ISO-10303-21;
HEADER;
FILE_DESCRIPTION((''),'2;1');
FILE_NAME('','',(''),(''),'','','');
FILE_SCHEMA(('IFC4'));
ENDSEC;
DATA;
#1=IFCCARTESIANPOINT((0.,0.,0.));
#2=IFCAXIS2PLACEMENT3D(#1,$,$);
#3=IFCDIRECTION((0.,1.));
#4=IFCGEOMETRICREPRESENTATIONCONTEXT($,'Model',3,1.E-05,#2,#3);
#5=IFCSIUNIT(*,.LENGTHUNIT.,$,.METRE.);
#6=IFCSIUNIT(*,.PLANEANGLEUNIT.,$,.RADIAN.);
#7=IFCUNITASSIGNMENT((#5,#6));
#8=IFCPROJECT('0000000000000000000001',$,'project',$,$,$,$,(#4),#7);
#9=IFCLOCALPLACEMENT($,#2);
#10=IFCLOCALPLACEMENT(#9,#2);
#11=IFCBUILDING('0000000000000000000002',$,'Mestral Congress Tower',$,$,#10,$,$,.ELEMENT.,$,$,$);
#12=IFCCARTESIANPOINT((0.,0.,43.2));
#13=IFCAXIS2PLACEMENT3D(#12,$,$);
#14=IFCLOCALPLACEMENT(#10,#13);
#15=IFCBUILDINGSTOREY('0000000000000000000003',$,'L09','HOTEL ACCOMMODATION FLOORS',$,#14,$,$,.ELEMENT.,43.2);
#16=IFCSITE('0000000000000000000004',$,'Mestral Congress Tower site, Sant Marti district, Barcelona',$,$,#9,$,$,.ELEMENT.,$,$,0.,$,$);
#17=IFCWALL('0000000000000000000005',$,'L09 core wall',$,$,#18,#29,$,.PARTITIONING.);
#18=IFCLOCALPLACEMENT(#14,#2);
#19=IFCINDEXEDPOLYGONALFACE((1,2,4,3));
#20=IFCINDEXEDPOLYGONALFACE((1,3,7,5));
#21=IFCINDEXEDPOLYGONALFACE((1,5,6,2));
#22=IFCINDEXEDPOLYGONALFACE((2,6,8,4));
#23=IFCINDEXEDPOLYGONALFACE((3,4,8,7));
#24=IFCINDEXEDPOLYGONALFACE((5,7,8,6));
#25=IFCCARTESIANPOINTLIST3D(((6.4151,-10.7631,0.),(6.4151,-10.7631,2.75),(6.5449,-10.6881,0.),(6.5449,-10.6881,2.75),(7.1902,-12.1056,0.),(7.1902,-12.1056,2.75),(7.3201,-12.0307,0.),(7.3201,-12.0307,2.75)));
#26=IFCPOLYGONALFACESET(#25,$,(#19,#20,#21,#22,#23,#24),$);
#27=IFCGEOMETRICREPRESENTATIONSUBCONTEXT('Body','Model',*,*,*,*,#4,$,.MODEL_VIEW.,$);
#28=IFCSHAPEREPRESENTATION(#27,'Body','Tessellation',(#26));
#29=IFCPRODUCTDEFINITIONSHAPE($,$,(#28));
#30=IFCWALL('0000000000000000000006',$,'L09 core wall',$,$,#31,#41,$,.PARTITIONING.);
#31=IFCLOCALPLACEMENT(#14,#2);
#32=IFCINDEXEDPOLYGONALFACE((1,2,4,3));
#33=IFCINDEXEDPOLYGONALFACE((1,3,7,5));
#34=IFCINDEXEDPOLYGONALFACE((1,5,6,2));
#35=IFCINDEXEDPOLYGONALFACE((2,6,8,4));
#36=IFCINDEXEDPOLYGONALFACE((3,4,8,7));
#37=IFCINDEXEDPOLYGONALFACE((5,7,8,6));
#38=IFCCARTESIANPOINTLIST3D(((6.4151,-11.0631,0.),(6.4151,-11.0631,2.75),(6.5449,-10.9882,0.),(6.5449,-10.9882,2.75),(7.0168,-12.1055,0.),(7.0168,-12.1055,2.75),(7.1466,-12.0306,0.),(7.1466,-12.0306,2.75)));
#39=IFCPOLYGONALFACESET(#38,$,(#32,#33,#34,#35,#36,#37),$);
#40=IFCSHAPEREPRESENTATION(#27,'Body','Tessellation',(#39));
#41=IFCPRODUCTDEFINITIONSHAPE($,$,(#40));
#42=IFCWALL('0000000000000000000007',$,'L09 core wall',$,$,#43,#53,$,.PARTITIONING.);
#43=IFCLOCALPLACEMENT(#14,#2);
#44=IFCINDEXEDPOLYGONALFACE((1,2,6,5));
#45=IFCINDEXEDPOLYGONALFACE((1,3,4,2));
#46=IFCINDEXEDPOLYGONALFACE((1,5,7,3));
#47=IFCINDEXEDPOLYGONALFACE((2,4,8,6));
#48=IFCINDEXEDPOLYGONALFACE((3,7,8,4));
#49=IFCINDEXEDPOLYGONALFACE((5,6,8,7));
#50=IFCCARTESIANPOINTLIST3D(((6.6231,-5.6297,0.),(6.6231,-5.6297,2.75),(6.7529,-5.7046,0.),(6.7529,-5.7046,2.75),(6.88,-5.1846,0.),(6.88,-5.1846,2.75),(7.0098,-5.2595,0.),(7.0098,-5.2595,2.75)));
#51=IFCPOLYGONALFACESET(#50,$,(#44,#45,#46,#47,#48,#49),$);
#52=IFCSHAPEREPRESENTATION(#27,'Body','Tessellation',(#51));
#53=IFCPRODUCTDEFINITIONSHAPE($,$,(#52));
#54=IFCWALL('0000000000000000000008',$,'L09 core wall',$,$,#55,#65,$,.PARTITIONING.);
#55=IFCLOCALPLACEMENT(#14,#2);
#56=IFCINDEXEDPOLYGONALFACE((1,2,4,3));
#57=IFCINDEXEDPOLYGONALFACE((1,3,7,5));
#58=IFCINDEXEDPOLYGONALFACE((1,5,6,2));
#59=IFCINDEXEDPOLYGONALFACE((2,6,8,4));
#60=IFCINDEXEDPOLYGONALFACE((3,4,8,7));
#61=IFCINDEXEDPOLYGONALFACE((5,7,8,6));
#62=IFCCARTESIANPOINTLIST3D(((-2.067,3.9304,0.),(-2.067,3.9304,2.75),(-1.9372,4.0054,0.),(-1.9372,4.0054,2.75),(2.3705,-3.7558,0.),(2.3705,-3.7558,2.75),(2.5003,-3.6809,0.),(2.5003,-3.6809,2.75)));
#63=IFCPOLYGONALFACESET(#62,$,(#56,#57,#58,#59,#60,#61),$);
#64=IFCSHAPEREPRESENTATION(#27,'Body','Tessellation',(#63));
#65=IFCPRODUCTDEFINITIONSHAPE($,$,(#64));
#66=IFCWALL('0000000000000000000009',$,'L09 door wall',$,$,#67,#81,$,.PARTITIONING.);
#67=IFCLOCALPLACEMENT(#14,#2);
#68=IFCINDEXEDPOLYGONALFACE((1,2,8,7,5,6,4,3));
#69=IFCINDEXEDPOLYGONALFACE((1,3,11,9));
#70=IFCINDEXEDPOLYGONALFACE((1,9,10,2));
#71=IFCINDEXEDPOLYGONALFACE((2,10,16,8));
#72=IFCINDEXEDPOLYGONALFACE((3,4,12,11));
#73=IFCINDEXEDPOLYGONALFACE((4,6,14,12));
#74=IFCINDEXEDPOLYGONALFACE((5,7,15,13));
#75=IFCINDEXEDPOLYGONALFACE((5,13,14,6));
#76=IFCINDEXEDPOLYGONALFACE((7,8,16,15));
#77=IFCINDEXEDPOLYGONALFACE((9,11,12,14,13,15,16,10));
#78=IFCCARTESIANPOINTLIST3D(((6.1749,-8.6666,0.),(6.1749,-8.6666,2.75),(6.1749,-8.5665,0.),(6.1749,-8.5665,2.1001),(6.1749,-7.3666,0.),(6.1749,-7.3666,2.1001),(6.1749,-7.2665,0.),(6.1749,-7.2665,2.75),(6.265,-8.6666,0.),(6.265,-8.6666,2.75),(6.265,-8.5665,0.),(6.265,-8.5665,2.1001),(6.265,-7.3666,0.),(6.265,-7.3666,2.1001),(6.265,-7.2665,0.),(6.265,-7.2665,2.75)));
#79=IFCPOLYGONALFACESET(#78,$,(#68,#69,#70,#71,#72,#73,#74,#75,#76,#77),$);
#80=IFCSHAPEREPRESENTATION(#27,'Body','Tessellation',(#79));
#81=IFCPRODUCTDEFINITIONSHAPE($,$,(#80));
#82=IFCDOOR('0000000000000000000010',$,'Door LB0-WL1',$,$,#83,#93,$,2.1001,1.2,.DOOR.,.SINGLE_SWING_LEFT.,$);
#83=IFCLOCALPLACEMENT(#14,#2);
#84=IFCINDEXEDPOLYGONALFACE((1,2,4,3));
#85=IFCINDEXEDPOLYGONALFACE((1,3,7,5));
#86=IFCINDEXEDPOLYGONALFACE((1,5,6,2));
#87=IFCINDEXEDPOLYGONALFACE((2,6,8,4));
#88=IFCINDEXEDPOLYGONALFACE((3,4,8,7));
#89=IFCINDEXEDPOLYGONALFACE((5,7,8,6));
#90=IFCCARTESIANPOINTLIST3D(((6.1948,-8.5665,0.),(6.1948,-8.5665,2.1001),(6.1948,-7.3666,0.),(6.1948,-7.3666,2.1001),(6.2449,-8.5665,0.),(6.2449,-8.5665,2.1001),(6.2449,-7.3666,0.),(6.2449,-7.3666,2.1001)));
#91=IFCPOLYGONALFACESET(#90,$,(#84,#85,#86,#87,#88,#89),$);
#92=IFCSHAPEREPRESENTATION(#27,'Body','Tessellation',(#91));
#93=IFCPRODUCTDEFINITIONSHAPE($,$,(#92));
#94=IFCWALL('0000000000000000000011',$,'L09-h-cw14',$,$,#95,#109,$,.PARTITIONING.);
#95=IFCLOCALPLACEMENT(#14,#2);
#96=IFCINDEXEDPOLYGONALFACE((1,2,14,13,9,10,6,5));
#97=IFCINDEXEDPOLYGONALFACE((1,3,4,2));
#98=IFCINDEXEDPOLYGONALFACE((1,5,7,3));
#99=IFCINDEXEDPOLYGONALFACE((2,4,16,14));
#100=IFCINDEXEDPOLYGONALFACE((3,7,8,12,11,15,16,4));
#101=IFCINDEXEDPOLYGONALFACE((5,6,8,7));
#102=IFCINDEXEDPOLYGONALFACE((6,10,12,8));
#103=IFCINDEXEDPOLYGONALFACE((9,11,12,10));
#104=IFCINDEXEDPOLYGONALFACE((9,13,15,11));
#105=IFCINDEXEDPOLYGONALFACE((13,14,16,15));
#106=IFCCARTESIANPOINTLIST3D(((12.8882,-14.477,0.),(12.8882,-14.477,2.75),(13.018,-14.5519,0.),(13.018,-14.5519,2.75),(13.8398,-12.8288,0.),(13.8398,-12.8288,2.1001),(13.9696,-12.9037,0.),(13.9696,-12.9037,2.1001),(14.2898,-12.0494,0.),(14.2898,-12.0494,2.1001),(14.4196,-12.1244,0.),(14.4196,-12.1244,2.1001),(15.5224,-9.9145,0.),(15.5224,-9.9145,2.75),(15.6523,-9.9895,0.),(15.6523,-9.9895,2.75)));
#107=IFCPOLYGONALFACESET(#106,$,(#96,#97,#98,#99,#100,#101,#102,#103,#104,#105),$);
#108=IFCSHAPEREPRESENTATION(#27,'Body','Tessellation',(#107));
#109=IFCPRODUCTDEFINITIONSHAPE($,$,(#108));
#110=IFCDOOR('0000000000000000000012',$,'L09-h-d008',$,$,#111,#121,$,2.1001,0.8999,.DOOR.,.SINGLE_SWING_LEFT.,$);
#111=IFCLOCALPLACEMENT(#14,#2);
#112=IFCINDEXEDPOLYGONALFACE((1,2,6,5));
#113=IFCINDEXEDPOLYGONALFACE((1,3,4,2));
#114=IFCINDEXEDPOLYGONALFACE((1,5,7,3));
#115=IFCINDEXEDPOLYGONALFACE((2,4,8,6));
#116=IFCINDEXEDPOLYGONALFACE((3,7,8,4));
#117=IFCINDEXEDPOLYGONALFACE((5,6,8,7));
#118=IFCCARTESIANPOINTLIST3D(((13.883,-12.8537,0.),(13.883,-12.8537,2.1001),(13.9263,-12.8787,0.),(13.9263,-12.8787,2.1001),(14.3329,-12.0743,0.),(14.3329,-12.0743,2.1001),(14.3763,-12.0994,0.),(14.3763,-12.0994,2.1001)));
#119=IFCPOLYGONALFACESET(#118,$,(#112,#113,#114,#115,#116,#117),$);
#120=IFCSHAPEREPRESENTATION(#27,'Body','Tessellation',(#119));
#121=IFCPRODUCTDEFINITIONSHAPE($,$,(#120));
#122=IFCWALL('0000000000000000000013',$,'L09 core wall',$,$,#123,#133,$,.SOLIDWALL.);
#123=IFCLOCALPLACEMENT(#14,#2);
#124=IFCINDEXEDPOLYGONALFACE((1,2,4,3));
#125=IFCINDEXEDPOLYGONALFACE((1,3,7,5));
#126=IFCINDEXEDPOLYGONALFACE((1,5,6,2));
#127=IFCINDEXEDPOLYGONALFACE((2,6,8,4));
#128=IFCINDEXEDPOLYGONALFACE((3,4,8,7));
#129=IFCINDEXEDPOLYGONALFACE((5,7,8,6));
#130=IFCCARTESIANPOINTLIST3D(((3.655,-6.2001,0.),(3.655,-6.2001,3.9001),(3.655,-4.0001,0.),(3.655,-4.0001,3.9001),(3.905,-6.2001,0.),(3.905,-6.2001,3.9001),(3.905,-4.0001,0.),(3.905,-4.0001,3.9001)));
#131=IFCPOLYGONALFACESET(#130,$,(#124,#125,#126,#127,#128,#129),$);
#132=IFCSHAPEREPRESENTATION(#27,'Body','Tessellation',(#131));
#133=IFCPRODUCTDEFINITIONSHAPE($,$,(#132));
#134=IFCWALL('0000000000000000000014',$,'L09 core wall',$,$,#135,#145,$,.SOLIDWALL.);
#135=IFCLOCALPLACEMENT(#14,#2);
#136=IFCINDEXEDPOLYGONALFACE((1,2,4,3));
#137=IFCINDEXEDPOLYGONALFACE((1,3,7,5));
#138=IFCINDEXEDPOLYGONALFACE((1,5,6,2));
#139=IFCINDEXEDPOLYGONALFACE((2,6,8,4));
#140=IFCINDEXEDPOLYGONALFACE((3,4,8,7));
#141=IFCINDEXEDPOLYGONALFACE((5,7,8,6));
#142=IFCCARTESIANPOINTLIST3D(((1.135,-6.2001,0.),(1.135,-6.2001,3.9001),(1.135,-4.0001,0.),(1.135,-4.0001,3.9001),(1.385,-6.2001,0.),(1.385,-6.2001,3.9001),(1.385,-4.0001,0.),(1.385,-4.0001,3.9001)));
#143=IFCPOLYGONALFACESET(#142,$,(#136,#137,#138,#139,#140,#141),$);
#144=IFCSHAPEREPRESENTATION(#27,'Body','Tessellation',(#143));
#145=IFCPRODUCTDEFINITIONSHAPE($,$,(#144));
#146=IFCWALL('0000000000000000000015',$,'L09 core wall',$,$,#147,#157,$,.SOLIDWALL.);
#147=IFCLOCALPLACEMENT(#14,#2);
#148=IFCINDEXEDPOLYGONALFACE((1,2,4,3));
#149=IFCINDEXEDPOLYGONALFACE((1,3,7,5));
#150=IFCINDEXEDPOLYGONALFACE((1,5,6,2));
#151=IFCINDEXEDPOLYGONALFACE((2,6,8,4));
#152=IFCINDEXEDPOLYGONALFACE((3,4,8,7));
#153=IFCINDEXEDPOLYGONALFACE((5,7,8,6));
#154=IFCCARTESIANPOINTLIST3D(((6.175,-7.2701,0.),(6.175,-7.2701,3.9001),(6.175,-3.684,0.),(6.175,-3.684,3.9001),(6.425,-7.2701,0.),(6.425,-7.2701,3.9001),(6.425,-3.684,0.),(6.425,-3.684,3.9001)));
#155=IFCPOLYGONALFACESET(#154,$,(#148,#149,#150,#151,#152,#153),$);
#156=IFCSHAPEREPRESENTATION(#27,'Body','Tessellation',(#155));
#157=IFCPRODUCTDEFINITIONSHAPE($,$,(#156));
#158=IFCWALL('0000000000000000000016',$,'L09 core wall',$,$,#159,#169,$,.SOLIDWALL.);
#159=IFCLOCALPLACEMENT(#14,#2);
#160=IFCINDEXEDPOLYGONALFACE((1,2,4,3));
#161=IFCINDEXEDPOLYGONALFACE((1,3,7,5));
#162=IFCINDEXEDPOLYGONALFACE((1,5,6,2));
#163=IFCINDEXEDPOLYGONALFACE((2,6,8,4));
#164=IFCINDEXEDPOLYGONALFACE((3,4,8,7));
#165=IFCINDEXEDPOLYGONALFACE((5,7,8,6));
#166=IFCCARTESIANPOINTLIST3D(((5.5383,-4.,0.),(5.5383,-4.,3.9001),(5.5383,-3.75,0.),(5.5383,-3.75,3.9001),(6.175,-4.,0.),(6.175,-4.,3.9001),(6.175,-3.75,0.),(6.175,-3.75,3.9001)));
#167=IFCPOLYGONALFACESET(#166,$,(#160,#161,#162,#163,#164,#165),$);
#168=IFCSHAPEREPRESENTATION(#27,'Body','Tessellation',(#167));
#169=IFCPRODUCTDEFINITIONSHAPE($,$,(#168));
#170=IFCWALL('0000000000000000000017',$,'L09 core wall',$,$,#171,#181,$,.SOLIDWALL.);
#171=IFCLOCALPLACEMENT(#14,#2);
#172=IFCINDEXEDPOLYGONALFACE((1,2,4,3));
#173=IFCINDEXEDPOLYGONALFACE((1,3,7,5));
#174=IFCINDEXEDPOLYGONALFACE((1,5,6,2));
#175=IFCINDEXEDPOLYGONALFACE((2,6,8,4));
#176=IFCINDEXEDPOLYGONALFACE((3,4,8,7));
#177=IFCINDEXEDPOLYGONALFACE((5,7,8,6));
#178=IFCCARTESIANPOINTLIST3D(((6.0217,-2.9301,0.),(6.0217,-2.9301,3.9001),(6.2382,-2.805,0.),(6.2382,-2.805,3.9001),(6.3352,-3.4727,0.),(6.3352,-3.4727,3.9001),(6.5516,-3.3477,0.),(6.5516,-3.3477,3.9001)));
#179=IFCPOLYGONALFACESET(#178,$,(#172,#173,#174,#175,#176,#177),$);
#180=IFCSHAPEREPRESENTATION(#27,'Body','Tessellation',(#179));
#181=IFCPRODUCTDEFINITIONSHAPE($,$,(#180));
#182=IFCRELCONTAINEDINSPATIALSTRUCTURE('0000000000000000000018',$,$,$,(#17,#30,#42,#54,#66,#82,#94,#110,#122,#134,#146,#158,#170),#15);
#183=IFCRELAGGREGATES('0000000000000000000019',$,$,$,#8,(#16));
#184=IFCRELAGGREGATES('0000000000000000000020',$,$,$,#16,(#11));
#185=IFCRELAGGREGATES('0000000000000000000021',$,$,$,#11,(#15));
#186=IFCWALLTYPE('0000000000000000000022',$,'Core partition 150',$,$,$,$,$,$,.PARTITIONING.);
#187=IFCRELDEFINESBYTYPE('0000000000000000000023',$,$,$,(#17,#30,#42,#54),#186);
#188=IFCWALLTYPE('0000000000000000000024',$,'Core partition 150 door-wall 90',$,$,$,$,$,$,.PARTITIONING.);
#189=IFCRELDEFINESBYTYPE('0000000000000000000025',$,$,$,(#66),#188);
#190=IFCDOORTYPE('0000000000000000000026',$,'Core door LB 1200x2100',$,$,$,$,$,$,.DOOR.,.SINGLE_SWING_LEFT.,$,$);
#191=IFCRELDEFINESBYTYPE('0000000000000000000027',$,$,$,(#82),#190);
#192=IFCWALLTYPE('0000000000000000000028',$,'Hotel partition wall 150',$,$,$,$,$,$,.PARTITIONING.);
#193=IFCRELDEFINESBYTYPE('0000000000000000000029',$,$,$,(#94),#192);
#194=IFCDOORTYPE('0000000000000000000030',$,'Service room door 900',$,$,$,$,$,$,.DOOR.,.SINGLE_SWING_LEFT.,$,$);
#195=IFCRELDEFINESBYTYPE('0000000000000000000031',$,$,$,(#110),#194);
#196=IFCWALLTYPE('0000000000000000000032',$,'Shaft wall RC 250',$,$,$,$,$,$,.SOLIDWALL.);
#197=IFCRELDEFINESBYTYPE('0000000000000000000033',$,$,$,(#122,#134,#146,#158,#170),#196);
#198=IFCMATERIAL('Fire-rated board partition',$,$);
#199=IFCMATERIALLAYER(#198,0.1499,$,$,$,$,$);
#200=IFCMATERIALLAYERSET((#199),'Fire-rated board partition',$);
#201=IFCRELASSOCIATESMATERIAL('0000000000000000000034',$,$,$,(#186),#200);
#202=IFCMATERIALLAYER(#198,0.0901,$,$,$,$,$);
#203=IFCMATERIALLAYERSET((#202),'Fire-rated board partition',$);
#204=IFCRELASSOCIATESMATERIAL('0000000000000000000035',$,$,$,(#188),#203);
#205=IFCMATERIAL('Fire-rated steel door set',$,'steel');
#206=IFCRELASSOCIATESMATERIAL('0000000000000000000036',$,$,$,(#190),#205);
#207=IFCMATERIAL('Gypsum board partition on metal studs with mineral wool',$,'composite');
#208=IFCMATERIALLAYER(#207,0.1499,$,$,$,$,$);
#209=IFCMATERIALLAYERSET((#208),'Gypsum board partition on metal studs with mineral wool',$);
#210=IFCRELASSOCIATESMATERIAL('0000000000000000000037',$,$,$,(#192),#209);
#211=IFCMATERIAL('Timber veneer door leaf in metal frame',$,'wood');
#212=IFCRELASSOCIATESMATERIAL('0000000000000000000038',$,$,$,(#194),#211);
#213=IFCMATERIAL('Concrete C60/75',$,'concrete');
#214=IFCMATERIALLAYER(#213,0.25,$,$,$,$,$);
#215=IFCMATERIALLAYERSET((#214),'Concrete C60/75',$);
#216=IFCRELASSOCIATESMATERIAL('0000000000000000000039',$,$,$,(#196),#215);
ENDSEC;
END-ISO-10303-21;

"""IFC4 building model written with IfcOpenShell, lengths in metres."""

from ifc_helpers import new_model, si_unit, direction, frame, frame_2d, origin, place, context, subcontext, project, spatial, rectangle, extrude, material, layer, layer_set, type_object, element, fill, save


model = new_model("IFC4")

# Units and contexts
model_context = context("Model", 3, precision=1e-05, world=origin(), true_north=direction((0.0, 1.0)))
body_context = subcontext(model_context, "Body", "Model", "MODEL_VIEW")
ifc_project = project(units=[si_unit("LENGTHUNIT", "METRE"), si_unit("PLANEANGLEUNIT", "RADIAN")], contexts=[model_context])

# Site, building, storey
site_placement = place(None, origin())
site = spatial("IfcSite", under=ifc_project, at=site_placement, Name="Mestral Congress Tower site, Sant Marti district, Barcelona", CompositionType="ELEMENT", RefElevation=0.0)
building_placement = place(site_placement, origin())
building = spatial("IfcBuilding", under=site, at=building_placement, Name="Mestral Congress Tower", CompositionType="ELEMENT")
storey_placement = place(building_placement, frame((0.0, 0.0, 43.2)))
storey = spatial("IfcBuildingStorey", under=building, at=storey_placement, Name="L09", Description="HOTEL ACCOMMODATION FLOORS", CompositionType="ELEMENT", Elevation=43.2)

# Walls
ifc_material_1 = material(Name="Fire-rated board partition")
ifc_layer_1 = layer(ifc_material_1, 0.1499)
ifc_layer_set_1 = layer_set([ifc_layer_1], Name="Fire-rated board partition")
wall_type_1 = type_object("IfcWallType", Name="Core partition 150", PredefinedType="PARTITIONING", material=ifc_layer_set_1)
wall_1_placement = place(storey_placement, frame((6.48, -10.7256, 0.0), z_axis=(0.0, 0.0, 1.0), x_axis=(0.500018, -0.866015, 0.0)))
element("IfcWall", 1, at=wall_1_placement, inside=storey, type_object=wall_type_1, Name="L09 core wall", PredefinedType="PARTITIONING", context=body_context, shape_type="SweptSolid", body=[
    extrude(rectangle(XDim=1.5503, YDim=0.1499, at=frame_2d((0.7751, 0.0))), origin(), (0.0, 0.0, 1.0), 2.75),
])
wall_2_placement = place(storey_placement, frame((6.48, -11.0256, 0.0), z_axis=(0.0, 0.0, 1.0), x_axis=(0.499957, -0.86605, 0.0)))
element("IfcWall", 2, at=wall_2_placement, inside=storey, type_object=wall_type_1, Name="L09 core wall", PredefinedType="PARTITIONING", context=body_context, shape_type="SweptSolid", body=[
    extrude(rectangle(XDim=1.2036, YDim=0.1499, at=frame_2d((0.6018, 0.0))), origin(), (0.0, 0.0, 1.0), 2.75),
])
wall_3_placement = place(storey_placement, frame((6.9448, -5.2222, 0.0), z_axis=(0.0, 0.0, 1.0), x_axis=(-0.499818, -0.86613, 0.0)))
element("IfcWall", 3, at=wall_3_placement, inside=storey, type_object=wall_type_1, Name="L09 core wall", PredefinedType="PARTITIONING", context=body_context, shape_type="SweptSolid", body=[
    extrude(rectangle(XDim=0.5139, YDim=0.1499, at=frame_2d((0.2568, 0.0))), origin(), (0.0, 0.0, 1.0), 2.75),
])
wall_4_placement = place(storey_placement, frame((2.4353, -3.7183, 0.0), z_axis=(0.0, 0.0, 1.0), x_axis=(-0.499985, 0.866034, 0.0)))
element("IfcWall", 4, at=wall_4_placement, inside=storey, type_object=wall_type_1, Name="L09 core wall", PredefinedType="PARTITIONING", context=body_context, shape_type="SweptSolid", body=[
    extrude(rectangle(XDim=8.8752, YDim=0.1499, at=frame_2d((4.4375, 0.0))), origin(), (0.0, 0.0, 1.0), 2.75),
])

# Walls, openings, doors
ifc_layer_2 = layer(ifc_material_1, 0.0901)
ifc_layer_set_2 = layer_set([ifc_layer_2], Name="Fire-rated board partition")
wall_type_2 = type_object("IfcWallType", Name="Core partition 150 door-wall 90", PredefinedType="PARTITIONING", material=ifc_layer_set_2)
wall_5_placement = place(storey_placement, frame((6.22, -7.2664, 0.0), z_axis=(0.0, 0.0, 1.0), x_axis=(0.0, -1.0, 0.0)))
wall_5 = element("IfcWall", 5, at=wall_5_placement, inside=storey, type_object=wall_type_2, Name="L09 door wall", PredefinedType="PARTITIONING", context=body_context, shape_type="SweptSolid", body=[
    extrude(rectangle(XDim=1.4001, YDim=0.0901, at=frame_2d((0.7002, 0.0))), origin(), (0.0, 0.0, 1.0), 2.75),
])
opening_1_placement = place(wall_5_placement, frame((0.1001, 0.0, 0.0)))
opening_1 = element("IfcOpeningElement", 6, at=opening_1_placement, cuts=wall_5, PredefinedType="OPENING", context=body_context, shape_type="SweptSolid", body=[
    extrude(rectangle(XDim=1.2, YDim=2.1001, at=frame_2d((0.6001, 1.05))), frame((0.0, 0.0549, 0.0), z_axis=(0.0, -1.0, 0.0), x_axis=(1.0, 0.0, 0.0)), (0.0, 0.0, 1.0), 0.1101),
])
ifc_material_2 = material(Name="Fire-rated steel door set", Category="steel")
door_type_1 = type_object("IfcDoorType", Name="Core door LB 1200x2100", OperationType="SINGLE_SWING_LEFT", PredefinedType="DOOR", material=ifc_material_2)
door_1_placement = place(opening_1_placement, origin())
door_1 = element("IfcDoor", 7, at=door_1_placement, inside=storey, type_object=door_type_1, Name="Door LB0-WL1", OperationType="SINGLE_SWING_LEFT", OverallHeight=2.1001, OverallWidth=1.2, PredefinedType="DOOR", context=body_context, shape_type="SweptSolid", body=[
    extrude(rectangle(XDim=1.2, YDim=2.1001, at=frame_2d((0.6001, 1.05))), frame((0.0, 0.0249, 0.0), z_axis=(0.0, -1.0, 0.0), x_axis=(1.0, 0.0, 0.0)), (0.0, 0.0, 1.0), 0.05),
])
fill(opening_1, door_1)
ifc_material_3 = material(Name="Gypsum board partition on metal studs with mineral wool", Category="composite")
ifc_layer_3 = layer(ifc_material_3, 0.1499)
ifc_layer_set_3 = layer_set([ifc_layer_3], Name="Gypsum board partition on metal studs with mineral wool")
wall_type_3 = type_object("IfcWallType", Name="Hotel partition wall 150", PredefinedType="PARTITIONING", material=ifc_layer_set_3)
wall_6_placement = place(storey_placement, frame((15.5874, -9.9519, 0.0), z_axis=(0.0, 0.0, 1.0), x_axis=(-0.500017, -0.866016, 0.0)))
wall_6 = element("IfcWall", 8, at=wall_6_placement, inside=storey, type_object=wall_type_3, Name="L09-h-cw14", PredefinedType="PARTITIONING", context=body_context, shape_type="SweptSolid", body=[
    extrude(rectangle(XDim=5.2683, YDim=0.1499, at=frame_2d((2.6343, 0.0))), origin(), (0.0, 0.0, 1.0), 2.75),
])
opening_2_placement = place(wall_6_placement, frame((2.4653, 0.0, 0.0)))
opening_2 = element("IfcOpeningElement", 9, at=opening_2_placement, cuts=wall_6, PredefinedType="OPENING", context=body_context, shape_type="SweptSolid", body=[
    extrude(rectangle(XDim=0.8999, YDim=2.1001, at=frame_2d((0.45, 1.05))), frame((0.0, 0.085, 0.0), z_axis=(0.0, -1.0, 0.0), x_axis=(1.0, 0.0, 0.0)), (0.0, 0.0, 1.0), 0.1699),
])
ifc_material_4 = material(Name="Timber veneer door leaf in metal frame", Category="wood")
door_type_2 = type_object("IfcDoorType", Name="Service room door 900", OperationType="SINGLE_SWING_LEFT", PredefinedType="DOOR", material=ifc_material_4)
door_2_placement = place(opening_2_placement, origin())
door_2 = element("IfcDoor", 10, at=door_2_placement, inside=storey, type_object=door_type_2, Name="L09-h-d008", OperationType="SINGLE_SWING_LEFT", OverallHeight=2.1001, OverallWidth=0.8999, PredefinedType="DOOR", context=body_context, shape_type="SweptSolid", body=[
    extrude(rectangle(XDim=0.8999, YDim=2.1001, at=frame_2d((0.45, 1.05))), frame((0.0, 0.0249, 0.0), z_axis=(0.0, -1.0, 0.0), x_axis=(1.0, 0.0, 0.0)), (0.0, 0.0, 1.0), 0.05),
])
fill(opening_2, door_2)

# Walls
ifc_material_5 = material(Name="Concrete C60/75", Category="concrete")
ifc_layer_4 = layer(ifc_material_5, 0.25)
ifc_layer_set_4 = layer_set([ifc_layer_4], Name="Concrete C60/75")
wall_type_4 = type_object("IfcWallType", Name="Shaft wall RC 250", PredefinedType="SOLIDWALL", material=ifc_layer_set_4)
for number, where, z_axis, x_axis, name in (
    (11, (3.78, -4.0, 0.0), (0.0, 0.0, 1.0), (0.0, -1.0, 0.0), "L09 core wall"),
    (12, (1.26, -4.0, 0.0), (0.0, 0.0, 1.0), (0.0, -1.0, 0.0), "L09 core wall"),
):
    element("IfcWall", number, at=place(storey_placement, frame(where, z_axis=z_axis, x_axis=x_axis)), inside=storey, type_object=wall_type_4, Name=name, PredefinedType="SOLIDWALL", context=body_context, shape_type="SweptSolid", body=[
        extrude(rectangle(XDim=2.2, YDim=0.25, at=frame_2d((1.1001, 0.0))), origin(), (0.0, 0.0, 1.0), 3.9001),
    ])
wall_7_placement = place(storey_placement, frame((6.3, -7.27, 0.0), z_axis=(0.0, 0.0, 1.0), x_axis=(0.0, 1.0, 0.0)))
element("IfcWall", 13, at=wall_7_placement, inside=storey, type_object=wall_type_4, Name="L09 core wall", PredefinedType="SOLIDWALL", context=body_context, shape_type="SweptSolid", body=[
    extrude(rectangle(XDim=3.5862, YDim=0.25, at=frame_2d((1.793, 0.0))), origin(), (0.0, 0.0, 1.0), 3.9001),
])
wall_8_placement = place(storey_placement, frame((5.5383, -3.875, 0.0), z_axis=(0.0, 0.0, 1.0), x_axis=(1.0, 0.0, 0.0)))
element("IfcWall", 14, at=wall_8_placement, inside=storey, type_object=wall_type_4, Name="L09 core wall", PredefinedType="SOLIDWALL", context=body_context, shape_type="SweptSolid", body=[
    extrude(rectangle(XDim=0.6367, YDim=0.25, at=frame_2d((0.3184, 0.0))), origin(), (0.0, 0.0, 1.0), 3.9001),
])
wall_9_placement = place(storey_placement, frame((6.1299, -2.8674, 0.0), z_axis=(0.0, 0.0, 1.0), x_axis=(0.500161, -0.865933, 0.0)))
element("IfcWall", 15, at=wall_9_placement, inside=storey, type_object=wall_type_4, Name="L09 core wall", PredefinedType="SOLIDWALL", context=body_context, shape_type="SweptSolid", body=[
    extrude(rectangle(XDim=0.6267, YDim=0.25, at=frame_2d((0.3135, 0.0))), origin(), (0.0, 0.0, 1.0), 3.9001),
])

save(model, "model.ifc")
